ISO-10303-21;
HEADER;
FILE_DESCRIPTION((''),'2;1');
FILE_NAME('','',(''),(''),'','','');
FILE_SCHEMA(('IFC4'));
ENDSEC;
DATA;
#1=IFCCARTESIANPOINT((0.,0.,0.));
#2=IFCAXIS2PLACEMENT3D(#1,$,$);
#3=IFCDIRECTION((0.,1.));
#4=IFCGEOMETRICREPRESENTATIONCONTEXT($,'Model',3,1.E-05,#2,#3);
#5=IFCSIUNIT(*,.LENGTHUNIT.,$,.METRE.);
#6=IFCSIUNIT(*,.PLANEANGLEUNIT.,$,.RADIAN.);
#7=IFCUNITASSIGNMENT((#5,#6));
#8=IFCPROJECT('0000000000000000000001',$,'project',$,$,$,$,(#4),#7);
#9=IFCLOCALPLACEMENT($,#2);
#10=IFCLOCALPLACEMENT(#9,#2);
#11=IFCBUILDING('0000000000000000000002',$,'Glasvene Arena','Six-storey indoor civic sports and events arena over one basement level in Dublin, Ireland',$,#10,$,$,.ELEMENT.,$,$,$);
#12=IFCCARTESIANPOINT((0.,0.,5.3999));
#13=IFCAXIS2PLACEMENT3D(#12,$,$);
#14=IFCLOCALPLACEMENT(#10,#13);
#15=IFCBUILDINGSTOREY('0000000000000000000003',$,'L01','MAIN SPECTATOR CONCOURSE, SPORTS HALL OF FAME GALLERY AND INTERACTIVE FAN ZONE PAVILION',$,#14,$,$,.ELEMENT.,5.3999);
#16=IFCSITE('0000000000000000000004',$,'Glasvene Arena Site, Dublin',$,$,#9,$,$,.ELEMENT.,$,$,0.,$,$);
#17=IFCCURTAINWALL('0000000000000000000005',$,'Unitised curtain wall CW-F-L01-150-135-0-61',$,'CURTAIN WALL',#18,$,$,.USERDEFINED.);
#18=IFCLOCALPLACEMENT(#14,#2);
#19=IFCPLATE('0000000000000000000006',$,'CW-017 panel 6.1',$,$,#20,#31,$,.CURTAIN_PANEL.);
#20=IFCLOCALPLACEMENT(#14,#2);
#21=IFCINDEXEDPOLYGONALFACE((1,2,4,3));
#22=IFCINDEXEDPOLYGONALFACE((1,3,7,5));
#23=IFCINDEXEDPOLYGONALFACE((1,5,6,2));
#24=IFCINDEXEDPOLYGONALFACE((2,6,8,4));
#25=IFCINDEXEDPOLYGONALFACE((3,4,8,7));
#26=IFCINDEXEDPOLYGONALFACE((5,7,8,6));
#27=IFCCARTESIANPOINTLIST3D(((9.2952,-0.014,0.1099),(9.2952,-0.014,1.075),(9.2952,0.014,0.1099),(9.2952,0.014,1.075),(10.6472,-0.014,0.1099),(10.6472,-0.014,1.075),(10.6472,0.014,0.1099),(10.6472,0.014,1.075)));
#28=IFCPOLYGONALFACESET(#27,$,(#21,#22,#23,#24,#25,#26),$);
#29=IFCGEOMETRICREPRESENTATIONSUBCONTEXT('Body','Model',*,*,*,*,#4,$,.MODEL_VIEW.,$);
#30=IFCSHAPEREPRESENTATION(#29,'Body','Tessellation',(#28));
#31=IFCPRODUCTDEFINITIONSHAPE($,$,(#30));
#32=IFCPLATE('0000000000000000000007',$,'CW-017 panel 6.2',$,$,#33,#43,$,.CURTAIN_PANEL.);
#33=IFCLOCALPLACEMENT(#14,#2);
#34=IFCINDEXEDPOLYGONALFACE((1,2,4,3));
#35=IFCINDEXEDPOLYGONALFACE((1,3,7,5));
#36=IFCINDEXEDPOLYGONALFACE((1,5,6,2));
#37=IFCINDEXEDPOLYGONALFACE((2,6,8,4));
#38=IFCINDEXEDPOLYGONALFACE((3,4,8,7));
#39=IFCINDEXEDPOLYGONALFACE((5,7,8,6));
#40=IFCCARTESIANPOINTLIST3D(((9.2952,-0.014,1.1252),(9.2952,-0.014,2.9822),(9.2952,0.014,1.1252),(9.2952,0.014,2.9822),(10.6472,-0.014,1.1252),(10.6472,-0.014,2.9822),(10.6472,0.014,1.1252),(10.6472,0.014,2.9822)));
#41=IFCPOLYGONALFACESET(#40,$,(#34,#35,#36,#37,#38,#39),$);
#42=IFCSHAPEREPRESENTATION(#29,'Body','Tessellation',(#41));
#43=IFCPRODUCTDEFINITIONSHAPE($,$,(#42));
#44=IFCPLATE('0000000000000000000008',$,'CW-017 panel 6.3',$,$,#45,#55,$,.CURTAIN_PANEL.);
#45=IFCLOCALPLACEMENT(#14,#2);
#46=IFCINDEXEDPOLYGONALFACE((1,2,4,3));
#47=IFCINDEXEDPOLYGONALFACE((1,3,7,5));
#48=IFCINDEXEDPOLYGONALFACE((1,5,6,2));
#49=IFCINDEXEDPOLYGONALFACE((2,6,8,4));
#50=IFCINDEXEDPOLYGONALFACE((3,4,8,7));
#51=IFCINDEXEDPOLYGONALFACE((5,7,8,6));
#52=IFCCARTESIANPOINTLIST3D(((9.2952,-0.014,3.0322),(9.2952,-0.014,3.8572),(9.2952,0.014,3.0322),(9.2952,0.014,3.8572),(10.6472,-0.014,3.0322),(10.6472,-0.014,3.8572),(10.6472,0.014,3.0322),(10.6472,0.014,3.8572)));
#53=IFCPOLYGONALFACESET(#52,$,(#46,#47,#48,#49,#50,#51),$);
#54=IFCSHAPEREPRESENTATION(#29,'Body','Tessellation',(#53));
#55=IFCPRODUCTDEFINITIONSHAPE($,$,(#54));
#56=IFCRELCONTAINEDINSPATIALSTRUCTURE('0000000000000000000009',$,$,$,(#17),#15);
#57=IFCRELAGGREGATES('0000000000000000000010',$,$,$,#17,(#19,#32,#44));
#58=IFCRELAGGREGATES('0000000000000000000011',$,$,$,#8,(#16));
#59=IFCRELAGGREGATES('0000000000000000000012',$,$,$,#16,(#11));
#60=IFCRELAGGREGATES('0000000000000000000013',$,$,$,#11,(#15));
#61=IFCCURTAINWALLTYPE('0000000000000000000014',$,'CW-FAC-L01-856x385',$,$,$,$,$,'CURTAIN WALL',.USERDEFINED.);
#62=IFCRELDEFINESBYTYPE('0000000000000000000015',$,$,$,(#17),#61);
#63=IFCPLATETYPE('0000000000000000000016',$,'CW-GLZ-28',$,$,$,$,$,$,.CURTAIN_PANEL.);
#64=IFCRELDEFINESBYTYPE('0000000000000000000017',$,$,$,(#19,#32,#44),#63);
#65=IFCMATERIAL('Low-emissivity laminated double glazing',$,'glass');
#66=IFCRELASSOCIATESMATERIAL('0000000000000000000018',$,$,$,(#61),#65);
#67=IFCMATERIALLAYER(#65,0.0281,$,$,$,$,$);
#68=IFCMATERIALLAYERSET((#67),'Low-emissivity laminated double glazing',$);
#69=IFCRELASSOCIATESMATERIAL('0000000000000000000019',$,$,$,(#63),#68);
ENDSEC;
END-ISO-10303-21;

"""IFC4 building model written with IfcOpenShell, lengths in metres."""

from ifc_helpers import new_model, si_unit, direction, frame, origin, origin_2d, place, context, subcontext, project, spatial, rectangle, extrude, material, layer, layer_set, type_object, element, aggregate, save


model = new_model("IFC4")

# Units and contexts
model_context = context("Model", 3, precision=1e-05, world=origin(), true_north=direction((0.0, 1.0)))
body_context = subcontext(model_context, "Body", "Model", "MODEL_VIEW")
ifc_project = project(units=[si_unit("LENGTHUNIT", "METRE"), si_unit("PLANEANGLEUNIT", "RADIAN")], contexts=[model_context])

# Site, building, storey
site_placement = place(None, origin())
site = spatial("IfcSite", under=ifc_project, at=site_placement, Name="Glasvene Arena Site, Dublin", CompositionType="ELEMENT", RefElevation=0.0)
building_placement = place(site_placement, origin())
building = spatial("IfcBuilding", under=site, at=building_placement, Name="Glasvene Arena", Description="Six-storey indoor civic sports and events arena over one basement level in Dublin, Ireland", CompositionType="ELEMENT")
storey_placement = place(building_placement, frame((0.0, 0.0, 5.3999)))
storey = spatial("IfcBuildingStorey", under=building, at=storey_placement, Name="L01", Description="MAIN SPECTATOR CONCOURSE, SPORTS HALL OF FAME GALLERY AND INTERACTIVE FAN ZONE PAVILION", CompositionType="ELEMENT", Elevation=5.3999)

# Curtain wall, plates
ifc_material_1 = material(Name="Low-emissivity laminated double glazing", Category="glass")
curtain_wall_type = type_object("IfcCurtainWallType", Name="CW-FAC-L01-856x385", ElementType="CURTAIN WALL", PredefinedType="USERDEFINED", material=ifc_material_1)
curtain_wall_placement = place(storey_placement, frame((17.8081, 0.0, 0.0)))
curtain_wall = element("IfcCurtainWall", 1, at=curtain_wall_placement, inside=storey, type_object=curtain_wall_type, Name="Unitised curtain wall CW-F-L01-150-135-0-61", ObjectType="CURTAIN WALL", PredefinedType="USERDEFINED")
ifc_layer = layer(ifc_material_1, 0.0281)
ifc_layer_set = layer_set([ifc_layer], Name="Low-emissivity laminated double glazing")
plate_type = type_object("IfcPlateType", Name="CW-GLZ-28", PredefinedType="CURTAIN_PANEL", material=ifc_layer_set)
plate_1_placement = place(storey_placement, frame((9.9712, 0.0, 0.1099), z_axis=(0.0, 0.0, 1.0), x_axis=(-1.0, 0.0, 0.0)))
plate_1 = element("IfcPlate", 2, at=plate_1_placement, type_object=plate_type, Name="CW-017 panel 6.1", PredefinedType="CURTAIN_PANEL", context=body_context, shape_type="SweptSolid", body=[
    extrude(rectangle(XDim=1.3521, YDim=0.0281, at=origin_2d()), origin(), (0.0, 0.0, 1.0), 0.9651),
])
plate_2_placement = place(storey_placement, frame((9.9712, 0.0, 1.1252), z_axis=(0.0, 0.0, 1.0), x_axis=(-1.0, 0.0, 0.0)))
plate_2 = element("IfcPlate", 3, at=plate_2_placement, type_object=plate_type, Name="CW-017 panel 6.2", PredefinedType="CURTAIN_PANEL", context=body_context, shape_type="SweptSolid", body=[
    extrude(rectangle(XDim=1.3521, YDim=0.0281, at=origin_2d()), origin(), (0.0, 0.0, 1.0), 1.8569),
])
plate_3_placement = place(storey_placement, frame((9.9712, 0.0, 3.0322), z_axis=(0.0, 0.0, 1.0), x_axis=(-1.0, 0.0, 0.0)))
plate_3 = element("IfcPlate", 4, at=plate_3_placement, type_object=plate_type, Name="CW-017 panel 6.3", PredefinedType="CURTAIN_PANEL", context=body_context, shape_type="SweptSolid", body=[
    extrude(rectangle(XDim=1.3521, YDim=0.0281, at=origin_2d()), origin(), (0.0, 0.0, 1.0), 0.825),
])
aggregate(curtain_wall, [plate_1, plate_2, plate_3])

save(model, "model.ifc")
